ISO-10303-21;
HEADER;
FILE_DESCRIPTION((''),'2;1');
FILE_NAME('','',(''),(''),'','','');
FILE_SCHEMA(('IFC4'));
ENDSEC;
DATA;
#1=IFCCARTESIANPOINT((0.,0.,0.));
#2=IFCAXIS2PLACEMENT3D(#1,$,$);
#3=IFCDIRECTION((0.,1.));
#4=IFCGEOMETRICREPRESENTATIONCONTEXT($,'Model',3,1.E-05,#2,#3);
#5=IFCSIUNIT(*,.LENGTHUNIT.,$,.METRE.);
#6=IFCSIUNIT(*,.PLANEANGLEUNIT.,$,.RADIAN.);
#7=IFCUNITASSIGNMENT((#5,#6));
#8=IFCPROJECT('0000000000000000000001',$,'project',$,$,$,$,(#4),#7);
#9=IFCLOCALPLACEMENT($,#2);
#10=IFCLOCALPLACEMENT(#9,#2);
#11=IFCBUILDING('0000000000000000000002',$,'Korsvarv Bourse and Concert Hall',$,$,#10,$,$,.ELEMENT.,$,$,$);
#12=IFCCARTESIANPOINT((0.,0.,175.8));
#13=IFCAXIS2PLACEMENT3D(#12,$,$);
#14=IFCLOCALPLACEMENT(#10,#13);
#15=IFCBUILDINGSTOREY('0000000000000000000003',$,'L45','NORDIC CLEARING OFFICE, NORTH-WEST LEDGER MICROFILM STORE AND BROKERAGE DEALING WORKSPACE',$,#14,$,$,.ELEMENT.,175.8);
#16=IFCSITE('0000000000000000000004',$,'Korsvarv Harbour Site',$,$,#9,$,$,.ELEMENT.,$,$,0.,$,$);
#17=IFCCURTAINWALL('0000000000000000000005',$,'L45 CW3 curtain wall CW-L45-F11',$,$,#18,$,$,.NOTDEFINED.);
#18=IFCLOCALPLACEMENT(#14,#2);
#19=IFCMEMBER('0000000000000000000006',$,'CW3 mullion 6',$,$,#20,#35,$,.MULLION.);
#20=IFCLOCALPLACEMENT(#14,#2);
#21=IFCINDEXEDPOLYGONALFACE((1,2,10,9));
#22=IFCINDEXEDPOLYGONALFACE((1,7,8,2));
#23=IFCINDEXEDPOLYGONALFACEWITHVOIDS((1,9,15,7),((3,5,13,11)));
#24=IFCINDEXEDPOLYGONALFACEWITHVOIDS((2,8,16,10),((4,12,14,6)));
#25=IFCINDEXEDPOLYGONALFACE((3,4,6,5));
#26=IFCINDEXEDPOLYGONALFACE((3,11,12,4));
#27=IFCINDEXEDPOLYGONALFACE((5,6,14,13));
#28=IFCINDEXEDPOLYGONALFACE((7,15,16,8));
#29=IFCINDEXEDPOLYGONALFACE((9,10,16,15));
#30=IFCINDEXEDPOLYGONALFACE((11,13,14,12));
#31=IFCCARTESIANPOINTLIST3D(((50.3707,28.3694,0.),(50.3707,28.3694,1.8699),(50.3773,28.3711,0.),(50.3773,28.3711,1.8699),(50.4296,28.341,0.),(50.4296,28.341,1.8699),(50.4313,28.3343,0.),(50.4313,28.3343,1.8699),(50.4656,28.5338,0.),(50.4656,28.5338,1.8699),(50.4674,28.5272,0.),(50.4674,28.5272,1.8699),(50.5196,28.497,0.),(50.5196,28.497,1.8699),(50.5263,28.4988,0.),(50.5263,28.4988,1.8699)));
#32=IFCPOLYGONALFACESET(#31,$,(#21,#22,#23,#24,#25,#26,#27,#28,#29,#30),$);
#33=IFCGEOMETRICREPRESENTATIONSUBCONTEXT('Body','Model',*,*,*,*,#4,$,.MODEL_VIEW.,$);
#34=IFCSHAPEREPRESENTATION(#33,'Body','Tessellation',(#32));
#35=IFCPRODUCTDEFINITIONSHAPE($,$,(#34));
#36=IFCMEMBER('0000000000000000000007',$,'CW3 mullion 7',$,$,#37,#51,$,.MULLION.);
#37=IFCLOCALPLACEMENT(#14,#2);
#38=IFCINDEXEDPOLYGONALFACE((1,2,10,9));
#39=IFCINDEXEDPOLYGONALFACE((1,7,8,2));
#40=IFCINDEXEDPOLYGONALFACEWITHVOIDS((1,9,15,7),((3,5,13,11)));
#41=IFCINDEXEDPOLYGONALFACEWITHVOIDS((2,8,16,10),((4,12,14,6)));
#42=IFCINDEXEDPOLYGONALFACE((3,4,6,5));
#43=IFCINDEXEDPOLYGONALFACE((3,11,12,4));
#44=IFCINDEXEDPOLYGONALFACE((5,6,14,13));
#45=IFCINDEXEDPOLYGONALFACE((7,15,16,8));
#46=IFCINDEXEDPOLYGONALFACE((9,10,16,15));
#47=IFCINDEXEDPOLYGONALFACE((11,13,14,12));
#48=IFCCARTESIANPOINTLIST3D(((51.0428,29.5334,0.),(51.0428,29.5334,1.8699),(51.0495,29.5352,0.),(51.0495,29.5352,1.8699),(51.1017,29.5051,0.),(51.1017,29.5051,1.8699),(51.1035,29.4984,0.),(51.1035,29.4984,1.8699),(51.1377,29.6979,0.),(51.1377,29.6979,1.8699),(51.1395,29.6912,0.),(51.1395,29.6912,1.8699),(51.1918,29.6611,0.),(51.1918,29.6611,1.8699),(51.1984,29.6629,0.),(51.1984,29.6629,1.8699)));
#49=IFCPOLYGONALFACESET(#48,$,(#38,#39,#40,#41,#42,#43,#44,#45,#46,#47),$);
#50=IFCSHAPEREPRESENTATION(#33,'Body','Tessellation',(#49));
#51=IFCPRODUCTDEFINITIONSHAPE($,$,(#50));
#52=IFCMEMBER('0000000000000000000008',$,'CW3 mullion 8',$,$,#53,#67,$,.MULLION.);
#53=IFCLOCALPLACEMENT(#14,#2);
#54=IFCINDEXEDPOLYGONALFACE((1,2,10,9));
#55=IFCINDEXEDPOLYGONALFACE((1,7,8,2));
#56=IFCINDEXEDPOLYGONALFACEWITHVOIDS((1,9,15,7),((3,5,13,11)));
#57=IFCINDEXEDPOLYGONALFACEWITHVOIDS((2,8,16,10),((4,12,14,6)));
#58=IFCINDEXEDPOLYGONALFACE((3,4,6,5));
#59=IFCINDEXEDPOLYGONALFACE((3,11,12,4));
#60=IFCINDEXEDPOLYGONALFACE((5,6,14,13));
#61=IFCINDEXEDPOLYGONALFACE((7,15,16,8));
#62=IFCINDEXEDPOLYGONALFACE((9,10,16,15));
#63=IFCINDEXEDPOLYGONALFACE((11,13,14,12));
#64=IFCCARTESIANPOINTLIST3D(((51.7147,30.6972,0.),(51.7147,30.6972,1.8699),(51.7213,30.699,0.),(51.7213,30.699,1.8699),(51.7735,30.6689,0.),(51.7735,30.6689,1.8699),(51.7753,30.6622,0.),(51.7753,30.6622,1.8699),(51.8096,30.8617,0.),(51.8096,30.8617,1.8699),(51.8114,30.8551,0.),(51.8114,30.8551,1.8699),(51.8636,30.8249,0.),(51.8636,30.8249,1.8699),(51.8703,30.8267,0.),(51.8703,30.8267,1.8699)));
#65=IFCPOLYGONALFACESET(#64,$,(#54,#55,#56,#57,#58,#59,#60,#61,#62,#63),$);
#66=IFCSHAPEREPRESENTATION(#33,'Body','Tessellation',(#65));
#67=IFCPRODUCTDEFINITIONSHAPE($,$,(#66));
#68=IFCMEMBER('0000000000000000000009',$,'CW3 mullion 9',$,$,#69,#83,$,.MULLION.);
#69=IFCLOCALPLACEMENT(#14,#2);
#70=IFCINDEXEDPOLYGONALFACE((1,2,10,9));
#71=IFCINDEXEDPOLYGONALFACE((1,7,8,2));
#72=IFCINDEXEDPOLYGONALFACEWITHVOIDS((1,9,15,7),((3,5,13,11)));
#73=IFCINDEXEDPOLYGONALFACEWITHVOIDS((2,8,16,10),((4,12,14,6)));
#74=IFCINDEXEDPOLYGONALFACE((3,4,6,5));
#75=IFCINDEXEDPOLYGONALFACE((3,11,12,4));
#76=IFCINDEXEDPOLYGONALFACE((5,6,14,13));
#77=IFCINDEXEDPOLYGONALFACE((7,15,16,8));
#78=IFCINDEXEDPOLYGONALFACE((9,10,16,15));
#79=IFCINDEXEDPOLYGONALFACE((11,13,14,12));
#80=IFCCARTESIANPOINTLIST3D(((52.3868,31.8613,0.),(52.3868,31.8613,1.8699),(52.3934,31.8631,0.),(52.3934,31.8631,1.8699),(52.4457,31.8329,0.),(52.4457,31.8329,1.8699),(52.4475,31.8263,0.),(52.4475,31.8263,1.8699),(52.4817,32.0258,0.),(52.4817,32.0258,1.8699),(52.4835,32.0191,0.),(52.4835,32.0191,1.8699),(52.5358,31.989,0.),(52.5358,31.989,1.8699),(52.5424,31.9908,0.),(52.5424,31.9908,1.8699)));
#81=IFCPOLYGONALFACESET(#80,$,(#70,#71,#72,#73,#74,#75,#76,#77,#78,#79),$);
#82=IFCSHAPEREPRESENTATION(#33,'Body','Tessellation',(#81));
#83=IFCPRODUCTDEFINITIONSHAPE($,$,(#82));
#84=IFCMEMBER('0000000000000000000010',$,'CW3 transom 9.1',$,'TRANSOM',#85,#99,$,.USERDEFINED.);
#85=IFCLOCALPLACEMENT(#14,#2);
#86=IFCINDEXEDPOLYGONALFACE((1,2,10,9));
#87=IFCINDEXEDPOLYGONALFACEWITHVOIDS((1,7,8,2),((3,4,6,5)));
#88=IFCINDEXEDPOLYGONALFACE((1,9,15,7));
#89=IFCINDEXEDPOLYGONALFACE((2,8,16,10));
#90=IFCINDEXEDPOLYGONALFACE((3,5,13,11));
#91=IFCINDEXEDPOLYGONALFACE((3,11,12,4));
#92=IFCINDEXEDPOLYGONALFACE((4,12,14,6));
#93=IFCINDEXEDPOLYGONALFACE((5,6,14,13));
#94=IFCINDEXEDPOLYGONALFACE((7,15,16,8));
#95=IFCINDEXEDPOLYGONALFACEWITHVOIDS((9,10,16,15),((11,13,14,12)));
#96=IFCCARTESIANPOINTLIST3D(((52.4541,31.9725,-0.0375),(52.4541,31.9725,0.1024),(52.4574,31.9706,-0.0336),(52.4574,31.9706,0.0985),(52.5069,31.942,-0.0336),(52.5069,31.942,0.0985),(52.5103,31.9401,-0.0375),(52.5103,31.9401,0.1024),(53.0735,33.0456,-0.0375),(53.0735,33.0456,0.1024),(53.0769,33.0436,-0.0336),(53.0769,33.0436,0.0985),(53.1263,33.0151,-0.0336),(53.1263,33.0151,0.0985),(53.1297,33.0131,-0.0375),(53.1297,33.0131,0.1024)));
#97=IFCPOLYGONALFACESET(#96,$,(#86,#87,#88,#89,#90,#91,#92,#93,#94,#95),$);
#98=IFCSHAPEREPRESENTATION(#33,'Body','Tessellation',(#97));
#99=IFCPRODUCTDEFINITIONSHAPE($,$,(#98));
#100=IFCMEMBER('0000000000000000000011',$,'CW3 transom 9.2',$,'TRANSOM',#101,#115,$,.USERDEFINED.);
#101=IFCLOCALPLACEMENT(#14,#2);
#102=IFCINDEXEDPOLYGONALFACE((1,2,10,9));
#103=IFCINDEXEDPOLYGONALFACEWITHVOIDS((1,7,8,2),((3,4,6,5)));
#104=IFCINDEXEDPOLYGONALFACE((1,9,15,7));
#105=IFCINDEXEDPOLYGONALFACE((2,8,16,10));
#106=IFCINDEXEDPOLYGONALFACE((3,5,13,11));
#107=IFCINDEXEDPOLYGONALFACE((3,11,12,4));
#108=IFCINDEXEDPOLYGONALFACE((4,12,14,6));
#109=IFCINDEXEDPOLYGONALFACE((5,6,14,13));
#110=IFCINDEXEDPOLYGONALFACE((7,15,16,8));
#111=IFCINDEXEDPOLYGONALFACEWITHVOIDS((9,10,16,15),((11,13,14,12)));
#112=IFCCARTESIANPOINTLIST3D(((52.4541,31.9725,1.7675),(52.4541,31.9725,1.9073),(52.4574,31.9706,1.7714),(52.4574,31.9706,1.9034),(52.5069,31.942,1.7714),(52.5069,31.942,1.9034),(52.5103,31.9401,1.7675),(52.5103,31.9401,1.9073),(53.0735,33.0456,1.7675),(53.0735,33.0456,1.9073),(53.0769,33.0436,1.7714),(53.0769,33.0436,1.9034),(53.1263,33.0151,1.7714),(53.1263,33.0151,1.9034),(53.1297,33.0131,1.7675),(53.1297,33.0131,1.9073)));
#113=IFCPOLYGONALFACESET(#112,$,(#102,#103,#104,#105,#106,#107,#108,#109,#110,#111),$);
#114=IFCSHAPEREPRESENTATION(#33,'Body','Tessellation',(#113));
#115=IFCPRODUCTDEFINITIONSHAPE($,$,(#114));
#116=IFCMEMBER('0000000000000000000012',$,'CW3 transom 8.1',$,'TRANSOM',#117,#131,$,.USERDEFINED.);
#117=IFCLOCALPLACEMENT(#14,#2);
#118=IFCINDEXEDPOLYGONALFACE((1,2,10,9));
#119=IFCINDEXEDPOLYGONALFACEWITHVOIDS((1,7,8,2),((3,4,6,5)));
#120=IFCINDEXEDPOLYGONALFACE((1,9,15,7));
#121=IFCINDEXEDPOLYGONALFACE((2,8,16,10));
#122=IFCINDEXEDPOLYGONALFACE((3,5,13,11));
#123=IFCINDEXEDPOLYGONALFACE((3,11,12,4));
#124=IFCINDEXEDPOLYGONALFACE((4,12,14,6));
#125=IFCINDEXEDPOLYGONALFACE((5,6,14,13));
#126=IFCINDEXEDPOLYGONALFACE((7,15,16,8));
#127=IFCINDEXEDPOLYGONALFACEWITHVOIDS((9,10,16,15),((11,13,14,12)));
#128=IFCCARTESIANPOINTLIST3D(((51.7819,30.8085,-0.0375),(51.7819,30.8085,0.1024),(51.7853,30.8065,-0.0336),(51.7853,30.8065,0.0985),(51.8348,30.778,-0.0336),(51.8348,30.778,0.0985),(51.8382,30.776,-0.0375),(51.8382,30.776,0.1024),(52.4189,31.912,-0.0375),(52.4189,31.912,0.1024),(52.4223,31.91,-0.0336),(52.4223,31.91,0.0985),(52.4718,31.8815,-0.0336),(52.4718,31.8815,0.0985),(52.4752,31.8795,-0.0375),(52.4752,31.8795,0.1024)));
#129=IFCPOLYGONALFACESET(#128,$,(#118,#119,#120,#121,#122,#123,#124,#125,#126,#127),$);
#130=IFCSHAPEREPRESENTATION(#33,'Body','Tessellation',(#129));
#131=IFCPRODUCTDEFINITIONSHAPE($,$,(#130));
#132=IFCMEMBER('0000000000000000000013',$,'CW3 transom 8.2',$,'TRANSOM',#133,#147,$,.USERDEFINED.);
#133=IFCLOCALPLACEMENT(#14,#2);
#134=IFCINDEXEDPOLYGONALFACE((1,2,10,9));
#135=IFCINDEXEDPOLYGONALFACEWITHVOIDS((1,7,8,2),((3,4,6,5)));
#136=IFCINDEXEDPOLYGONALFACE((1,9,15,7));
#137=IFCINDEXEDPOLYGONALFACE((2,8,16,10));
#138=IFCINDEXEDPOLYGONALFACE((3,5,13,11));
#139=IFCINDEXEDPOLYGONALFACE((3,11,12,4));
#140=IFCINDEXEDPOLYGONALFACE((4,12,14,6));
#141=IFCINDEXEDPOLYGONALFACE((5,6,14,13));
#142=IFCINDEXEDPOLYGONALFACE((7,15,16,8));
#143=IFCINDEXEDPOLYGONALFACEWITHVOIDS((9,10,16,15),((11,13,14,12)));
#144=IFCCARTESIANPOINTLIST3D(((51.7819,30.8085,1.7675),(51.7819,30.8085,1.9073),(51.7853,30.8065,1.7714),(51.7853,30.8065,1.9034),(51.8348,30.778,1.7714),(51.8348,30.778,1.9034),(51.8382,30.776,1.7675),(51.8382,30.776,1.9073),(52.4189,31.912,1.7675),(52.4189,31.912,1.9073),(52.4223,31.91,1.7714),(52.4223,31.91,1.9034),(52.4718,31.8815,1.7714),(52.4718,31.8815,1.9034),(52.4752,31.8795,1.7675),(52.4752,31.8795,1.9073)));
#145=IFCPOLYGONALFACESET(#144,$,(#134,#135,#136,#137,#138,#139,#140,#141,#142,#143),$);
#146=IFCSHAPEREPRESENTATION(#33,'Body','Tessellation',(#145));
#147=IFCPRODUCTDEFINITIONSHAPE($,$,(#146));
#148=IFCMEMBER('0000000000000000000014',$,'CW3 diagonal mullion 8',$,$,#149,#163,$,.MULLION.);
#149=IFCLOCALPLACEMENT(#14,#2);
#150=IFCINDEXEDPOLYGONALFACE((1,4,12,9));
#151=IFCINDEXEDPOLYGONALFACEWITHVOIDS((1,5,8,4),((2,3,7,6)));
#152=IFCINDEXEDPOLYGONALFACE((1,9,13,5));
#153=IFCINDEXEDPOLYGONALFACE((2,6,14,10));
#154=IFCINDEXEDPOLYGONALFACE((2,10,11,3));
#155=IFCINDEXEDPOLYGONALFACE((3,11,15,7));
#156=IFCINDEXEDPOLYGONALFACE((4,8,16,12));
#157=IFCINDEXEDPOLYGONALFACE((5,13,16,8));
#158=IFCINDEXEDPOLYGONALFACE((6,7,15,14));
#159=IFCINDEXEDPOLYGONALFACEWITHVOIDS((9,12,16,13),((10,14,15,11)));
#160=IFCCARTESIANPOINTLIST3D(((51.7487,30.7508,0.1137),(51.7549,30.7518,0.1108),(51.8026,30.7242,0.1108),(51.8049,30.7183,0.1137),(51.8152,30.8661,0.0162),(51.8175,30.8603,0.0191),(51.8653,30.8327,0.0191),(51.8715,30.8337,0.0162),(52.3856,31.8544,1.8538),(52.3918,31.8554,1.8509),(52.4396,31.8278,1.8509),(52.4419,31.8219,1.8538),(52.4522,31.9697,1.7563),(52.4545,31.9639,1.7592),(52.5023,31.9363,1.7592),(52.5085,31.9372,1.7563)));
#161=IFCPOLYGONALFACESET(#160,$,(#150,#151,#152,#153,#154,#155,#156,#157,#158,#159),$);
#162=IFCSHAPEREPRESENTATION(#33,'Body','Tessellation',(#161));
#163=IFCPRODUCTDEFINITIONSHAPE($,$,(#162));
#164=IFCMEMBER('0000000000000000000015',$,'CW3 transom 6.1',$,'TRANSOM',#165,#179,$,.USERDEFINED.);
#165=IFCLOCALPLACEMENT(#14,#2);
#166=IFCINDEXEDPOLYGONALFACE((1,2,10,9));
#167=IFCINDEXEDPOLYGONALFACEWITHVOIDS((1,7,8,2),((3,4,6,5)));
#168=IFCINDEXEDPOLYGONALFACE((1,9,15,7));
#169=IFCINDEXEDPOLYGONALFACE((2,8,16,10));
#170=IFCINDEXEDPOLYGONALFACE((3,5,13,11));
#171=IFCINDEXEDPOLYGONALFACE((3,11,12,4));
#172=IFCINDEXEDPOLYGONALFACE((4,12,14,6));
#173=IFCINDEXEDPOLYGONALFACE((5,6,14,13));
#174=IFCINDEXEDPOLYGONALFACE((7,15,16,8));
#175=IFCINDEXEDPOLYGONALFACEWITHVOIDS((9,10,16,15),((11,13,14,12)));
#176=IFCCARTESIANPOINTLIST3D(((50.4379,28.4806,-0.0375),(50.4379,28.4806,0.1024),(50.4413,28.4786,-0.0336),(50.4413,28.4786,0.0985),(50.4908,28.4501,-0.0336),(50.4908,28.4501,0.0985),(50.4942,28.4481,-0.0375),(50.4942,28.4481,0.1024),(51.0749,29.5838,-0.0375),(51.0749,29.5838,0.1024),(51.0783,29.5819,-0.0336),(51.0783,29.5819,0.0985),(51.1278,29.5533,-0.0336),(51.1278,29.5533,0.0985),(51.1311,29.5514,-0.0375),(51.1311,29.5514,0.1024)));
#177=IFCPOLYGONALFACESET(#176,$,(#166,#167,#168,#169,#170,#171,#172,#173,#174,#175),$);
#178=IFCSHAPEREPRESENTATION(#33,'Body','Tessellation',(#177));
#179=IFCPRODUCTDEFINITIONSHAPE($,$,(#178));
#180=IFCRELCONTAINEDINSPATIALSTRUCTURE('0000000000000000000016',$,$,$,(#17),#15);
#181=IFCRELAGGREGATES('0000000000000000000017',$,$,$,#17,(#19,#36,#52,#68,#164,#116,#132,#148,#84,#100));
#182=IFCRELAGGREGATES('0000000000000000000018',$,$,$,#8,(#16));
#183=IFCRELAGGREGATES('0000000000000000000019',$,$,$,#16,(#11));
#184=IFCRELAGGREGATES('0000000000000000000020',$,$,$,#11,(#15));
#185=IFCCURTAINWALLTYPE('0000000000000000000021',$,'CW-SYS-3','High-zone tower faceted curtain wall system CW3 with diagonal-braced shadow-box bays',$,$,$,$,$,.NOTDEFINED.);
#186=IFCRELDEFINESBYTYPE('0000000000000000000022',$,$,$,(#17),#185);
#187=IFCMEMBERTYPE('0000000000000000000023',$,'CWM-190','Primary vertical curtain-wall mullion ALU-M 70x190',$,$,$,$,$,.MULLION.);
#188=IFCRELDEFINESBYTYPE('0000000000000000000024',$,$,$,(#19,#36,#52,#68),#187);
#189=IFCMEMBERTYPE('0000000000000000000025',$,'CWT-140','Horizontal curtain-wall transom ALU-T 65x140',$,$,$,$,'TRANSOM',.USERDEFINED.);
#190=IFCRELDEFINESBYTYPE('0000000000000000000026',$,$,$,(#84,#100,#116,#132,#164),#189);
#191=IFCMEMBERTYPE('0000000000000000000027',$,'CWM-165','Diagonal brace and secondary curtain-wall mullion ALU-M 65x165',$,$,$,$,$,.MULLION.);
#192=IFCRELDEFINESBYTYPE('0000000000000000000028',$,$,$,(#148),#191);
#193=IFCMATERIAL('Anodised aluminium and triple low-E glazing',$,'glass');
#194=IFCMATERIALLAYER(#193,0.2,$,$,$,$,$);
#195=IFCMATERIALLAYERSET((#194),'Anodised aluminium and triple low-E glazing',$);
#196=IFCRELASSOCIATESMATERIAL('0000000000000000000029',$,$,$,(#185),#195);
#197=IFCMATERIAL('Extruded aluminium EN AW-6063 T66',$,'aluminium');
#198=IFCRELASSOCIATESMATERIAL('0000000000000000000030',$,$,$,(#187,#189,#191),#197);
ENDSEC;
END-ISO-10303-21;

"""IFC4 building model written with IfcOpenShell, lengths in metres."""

from ifc_helpers import new_model, si_unit, direction, frame, origin, origin_2d, place, context, subcontext, project, spatial, hollow_rectangle, extrude, source, transform, mapped, material, layer, layer_set, material_profile, profile_set, type_object, element, aggregate, save


model = new_model("IFC4")

# Units and contexts
model_context = context("Model", 3, precision=1e-05, world=origin(), true_north=direction((0.0, 1.0)))
body_context = subcontext(model_context, "Body", "Model", "MODEL_VIEW")
ifc_project = project(units=[si_unit("LENGTHUNIT", "METRE"), si_unit("PLANEANGLEUNIT", "RADIAN")], contexts=[model_context])

# Site, building, storey
site_placement = place(None, origin())
site = spatial("IfcSite", under=ifc_project, at=site_placement, Name="Korsvarv Harbour Site", CompositionType="ELEMENT", RefElevation=0.0)
building_placement = place(site_placement, origin())
building = spatial("IfcBuilding", under=site, at=building_placement, Name="Korsvarv Bourse and Concert Hall", CompositionType="ELEMENT")
storey_placement = place(building_placement, frame((0.0, 0.0, 175.8)))
storey = spatial("IfcBuildingStorey", under=building, at=storey_placement, Name="L45", Description="NORDIC CLEARING OFFICE, NORTH-WEST LEDGER MICROFILM STORE AND BROKERAGE DEALING WORKSPACE", CompositionType="ELEMENT", Elevation=175.8)

# Curtain wall, members
ifc_material_1 = material(Name="Anodised aluminium and triple low-E glazing", Category="glass")
ifc_layer_1 = layer(ifc_material_1, 0.2)
ifc_layer_set_1 = layer_set([ifc_layer_1], Name="Anodised aluminium and triple low-E glazing")
curtain_wall_type = type_object("IfcCurtainWallType", Name="CW-SYS-3", Description="High-zone tower faceted curtain wall system CW3 with diagonal-braced shadow-box bays", PredefinedType="NOTDEFINED", material=ifc_layer_set_1)
curtain_wall_placement = place(storey_placement, origin())
curtain_wall = element("IfcCurtainWall", 1, at=curtain_wall_placement, inside=storey, type_object=curtain_wall_type, Name="L45 CW3 curtain wall CW-L45-F11", PredefinedType="NOTDEFINED")
ifc_material_2 = material(Name="Extruded aluminium EN AW-6063 T66", Category="aluminium")
ifc_material_profile_1 = material_profile(ifc_material_2, hollow_rectangle(XDim=0.0701, YDim=0.1899, WallThickness=0.0049, at=origin_2d()), Name="ALU-M 70x190")
ifc_profile_set_1 = profile_set([ifc_material_profile_1], Name="Extruded aluminium EN AW-6063 T66")
member_type_1 = type_object("IfcMemberType", Name="CWM-190", Description="Primary vertical curtain-wall mullion ALU-M 70x190", PredefinedType="MULLION", material=ifc_profile_set_1)
shared_shape_1 = source(origin(), body_context, "Body", "SweptSolid", [
    extrude(hollow_rectangle(XDim=0.0701, YDim=0.1899, WallThickness=0.0049, at=origin_2d()), origin(), (0.0, 0.0, 1.0), 1.8699),
])
member_1_placement = place(storey_placement, frame((50.4485, 28.4341, 0.0), z_axis=(0.0, 0.0, 1.0), x_axis=(-0.866029, 0.499994, 0.0)))
member_1 = element("IfcMember", 2, at=member_1_placement, type_object=member_type_1, Name="CW3 mullion 6", PredefinedType="MULLION", context=body_context, shape_type="MappedRepresentation", body=[
    mapped(shared_shape_1, transform((0.0, 0.0, 0.0), scale=1.0)),
])
member_2_placement = place(storey_placement, frame((51.1206, 29.5981, 0.0), z_axis=(0.0, 0.0, 1.0), x_axis=(-0.866029, 0.499994, 0.0)))
member_2 = element("IfcMember", 3, at=member_2_placement, type_object=member_type_1, Name="CW3 mullion 7", PredefinedType="MULLION", context=body_context, shape_type="MappedRepresentation", body=[
    mapped(shared_shape_1, transform((0.0, 0.0, 0.0), scale=1.0)),
])
member_3_placement = place(storey_placement, frame((51.7925, 30.762, 0.0), z_axis=(0.0, 0.0, 1.0), x_axis=(-0.866029, 0.499994, 0.0)))
member_3 = element("IfcMember", 4, at=member_3_placement, type_object=member_type_1, Name="CW3 mullion 8", PredefinedType="MULLION", context=body_context, shape_type="MappedRepresentation", body=[
    mapped(shared_shape_1, transform((0.0, 0.0, 0.0), scale=1.0)),
])
member_4_placement = place(storey_placement, frame((52.4646, 31.926, 0.0), z_axis=(0.0, 0.0, 1.0), x_axis=(-0.866029, 0.499994, 0.0)))
member_4 = element("IfcMember", 5, at=member_4_placement, type_object=member_type_1, Name="CW3 mullion 9", PredefinedType="MULLION", context=body_context, shape_type="MappedRepresentation", body=[
    mapped(shared_shape_1, transform((0.0, 0.0, 0.0), scale=1.0)),
])
ifc_material_profile_2 = material_profile(ifc_material_2, hollow_rectangle(XDim=0.0649, YDim=0.1399, WallThickness=0.0039, at=origin_2d()), Name="ALU-T 65x140")
ifc_profile_set_2 = profile_set([ifc_material_profile_2], Name="Extruded aluminium EN AW-6063 T66")
member_type_2 = type_object("IfcMemberType", Name="CWT-140", Description="Horizontal curtain-wall transom ALU-T 65x140", ElementType="TRANSOM", PredefinedType="USERDEFINED", material=ifc_profile_set_2)
shared_shape_2 = source(origin(), body_context, "Body", "SweptSolid", [
    extrude(hollow_rectangle(XDim=0.0649, YDim=0.1399, WallThickness=0.0039, at=origin_2d()), origin(), (0.0, 0.0, 1.0), 1.239),
])
member_5_placement = place(storey_placement, frame((52.4822, 31.9563, 0.0325), z_axis=(0.499933, 0.866064, 0.0), x_axis=(-0.866064, 0.499933, 0.0)))
member_5 = element("IfcMember", 6, at=member_5_placement, type_object=member_type_2, Name="CW3 transom 9.1", ObjectType="TRANSOM", PredefinedType="USERDEFINED", context=body_context, shape_type="MappedRepresentation", body=[
    mapped(shared_shape_2, transform((0.0, 0.0, 0.0), scale=1.0)),
])
member_6_placement = place(storey_placement, frame((52.4822, 31.9563, 1.8374), z_axis=(0.499933, 0.866064, 0.0), x_axis=(-0.866064, 0.499933, 0.0)))
member_6 = element("IfcMember", 7, at=member_6_placement, type_object=member_type_2, Name="CW3 transom 9.2", ObjectType="TRANSOM", PredefinedType="USERDEFINED", context=body_context, shape_type="MappedRepresentation", body=[
    mapped(shared_shape_2, transform((0.0, 0.0, 0.0), scale=1.0)),
])
shared_shape_3 = source(origin(), body_context, "Body", "SweptSolid", [
    extrude(hollow_rectangle(XDim=0.0649, YDim=0.1399, WallThickness=0.0039, at=origin_2d()), origin(), (0.0, 0.0, 1.0), 1.2742),
])
member_7_placement = place(storey_placement, frame((51.8101, 30.7922, 0.0325), z_axis=(0.49991, 0.866077, 0.0), x_axis=(-0.866077, 0.49991, 0.0)))
member_7 = element("IfcMember", 8, at=member_7_placement, type_object=member_type_2, Name="CW3 transom 8.1", ObjectType="TRANSOM", PredefinedType="USERDEFINED", context=body_context, shape_type="MappedRepresentation", body=[
    mapped(shared_shape_3, transform((0.0, 0.0, 0.0), scale=1.0)),
])
member_8_placement = place(storey_placement, frame((51.8101, 30.7922, 1.8374), z_axis=(0.49991, 0.866077, 0.0), x_axis=(-0.866077, 0.49991, 0.0)))
member_8 = element("IfcMember", 9, at=member_8_placement, type_object=member_type_2, Name="CW3 transom 8.2", ObjectType="TRANSOM", PredefinedType="USERDEFINED", context=body_context, shape_type="MappedRepresentation", body=[
    mapped(shared_shape_3, transform((0.0, 0.0, 0.0), scale=1.0)),
])
ifc_material_profile_3 = material_profile(ifc_material_2, hollow_rectangle(XDim=0.0649, YDim=0.165, WallThickness=0.0049, at=origin_2d()), Name="ALU-M 65x165")
ifc_profile_set_3 = profile_set([ifc_material_profile_3], Name="Extruded aluminium EN AW-6063 T66")
member_type_3 = type_object("IfcMemberType", Name="CWM-165", Description="Diagonal brace and secondary curtain-wall mullion ALU-M 65x165", PredefinedType="MULLION", material=ifc_profile_set_3)
shared_shape_4 = source(origin(), body_context, "Body", "SweptSolid", [
    extrude(hollow_rectangle(XDim=0.0649, YDim=0.165, WallThickness=0.0049, at=origin_2d()), origin(), (0.0, 0.0, 1.0), 2.1567),
])
member_9_placement = place(storey_placement, frame((51.8101, 30.7922, 0.0649), z_axis=(0.295352, 0.511686, 0.806811), x_axis=(-0.866077, 0.49991, 0.0)))
member_9 = element("IfcMember", 10, at=member_9_placement, type_object=member_type_3, Name="CW3 diagonal mullion 8", PredefinedType="MULLION", context=body_context, shape_type="MappedRepresentation", body=[
    mapped(shared_shape_4, transform((0.0, 0.0, 0.0), scale=1.0)),
])
shared_shape_5 = source(origin(), body_context, "Body", "SweptSolid", [
    extrude(hollow_rectangle(XDim=0.0649, YDim=0.1399, WallThickness=0.0039, at=origin_2d()), origin(), (0.0, 0.0, 1.0), 1.2739),
])
member_10_placement = place(storey_placement, frame((50.4661, 28.4644, 0.0325), z_axis=(0.499993, 0.866029, 0.0), x_axis=(-0.866029, 0.499993, 0.0)))
member_10 = element("IfcMember", 11, at=member_10_placement, type_object=member_type_2, Name="CW3 transom 6.1", ObjectType="TRANSOM", PredefinedType="USERDEFINED", context=body_context, shape_type="MappedRepresentation", body=[
    mapped(shared_shape_5, transform((0.0, 0.0, 0.0), scale=1.0)),
])
aggregate(curtain_wall, [member_1, member_2, member_3, member_4, member_10, member_7, member_8, member_9, member_5, member_6])

save(model, "model.ifc")
